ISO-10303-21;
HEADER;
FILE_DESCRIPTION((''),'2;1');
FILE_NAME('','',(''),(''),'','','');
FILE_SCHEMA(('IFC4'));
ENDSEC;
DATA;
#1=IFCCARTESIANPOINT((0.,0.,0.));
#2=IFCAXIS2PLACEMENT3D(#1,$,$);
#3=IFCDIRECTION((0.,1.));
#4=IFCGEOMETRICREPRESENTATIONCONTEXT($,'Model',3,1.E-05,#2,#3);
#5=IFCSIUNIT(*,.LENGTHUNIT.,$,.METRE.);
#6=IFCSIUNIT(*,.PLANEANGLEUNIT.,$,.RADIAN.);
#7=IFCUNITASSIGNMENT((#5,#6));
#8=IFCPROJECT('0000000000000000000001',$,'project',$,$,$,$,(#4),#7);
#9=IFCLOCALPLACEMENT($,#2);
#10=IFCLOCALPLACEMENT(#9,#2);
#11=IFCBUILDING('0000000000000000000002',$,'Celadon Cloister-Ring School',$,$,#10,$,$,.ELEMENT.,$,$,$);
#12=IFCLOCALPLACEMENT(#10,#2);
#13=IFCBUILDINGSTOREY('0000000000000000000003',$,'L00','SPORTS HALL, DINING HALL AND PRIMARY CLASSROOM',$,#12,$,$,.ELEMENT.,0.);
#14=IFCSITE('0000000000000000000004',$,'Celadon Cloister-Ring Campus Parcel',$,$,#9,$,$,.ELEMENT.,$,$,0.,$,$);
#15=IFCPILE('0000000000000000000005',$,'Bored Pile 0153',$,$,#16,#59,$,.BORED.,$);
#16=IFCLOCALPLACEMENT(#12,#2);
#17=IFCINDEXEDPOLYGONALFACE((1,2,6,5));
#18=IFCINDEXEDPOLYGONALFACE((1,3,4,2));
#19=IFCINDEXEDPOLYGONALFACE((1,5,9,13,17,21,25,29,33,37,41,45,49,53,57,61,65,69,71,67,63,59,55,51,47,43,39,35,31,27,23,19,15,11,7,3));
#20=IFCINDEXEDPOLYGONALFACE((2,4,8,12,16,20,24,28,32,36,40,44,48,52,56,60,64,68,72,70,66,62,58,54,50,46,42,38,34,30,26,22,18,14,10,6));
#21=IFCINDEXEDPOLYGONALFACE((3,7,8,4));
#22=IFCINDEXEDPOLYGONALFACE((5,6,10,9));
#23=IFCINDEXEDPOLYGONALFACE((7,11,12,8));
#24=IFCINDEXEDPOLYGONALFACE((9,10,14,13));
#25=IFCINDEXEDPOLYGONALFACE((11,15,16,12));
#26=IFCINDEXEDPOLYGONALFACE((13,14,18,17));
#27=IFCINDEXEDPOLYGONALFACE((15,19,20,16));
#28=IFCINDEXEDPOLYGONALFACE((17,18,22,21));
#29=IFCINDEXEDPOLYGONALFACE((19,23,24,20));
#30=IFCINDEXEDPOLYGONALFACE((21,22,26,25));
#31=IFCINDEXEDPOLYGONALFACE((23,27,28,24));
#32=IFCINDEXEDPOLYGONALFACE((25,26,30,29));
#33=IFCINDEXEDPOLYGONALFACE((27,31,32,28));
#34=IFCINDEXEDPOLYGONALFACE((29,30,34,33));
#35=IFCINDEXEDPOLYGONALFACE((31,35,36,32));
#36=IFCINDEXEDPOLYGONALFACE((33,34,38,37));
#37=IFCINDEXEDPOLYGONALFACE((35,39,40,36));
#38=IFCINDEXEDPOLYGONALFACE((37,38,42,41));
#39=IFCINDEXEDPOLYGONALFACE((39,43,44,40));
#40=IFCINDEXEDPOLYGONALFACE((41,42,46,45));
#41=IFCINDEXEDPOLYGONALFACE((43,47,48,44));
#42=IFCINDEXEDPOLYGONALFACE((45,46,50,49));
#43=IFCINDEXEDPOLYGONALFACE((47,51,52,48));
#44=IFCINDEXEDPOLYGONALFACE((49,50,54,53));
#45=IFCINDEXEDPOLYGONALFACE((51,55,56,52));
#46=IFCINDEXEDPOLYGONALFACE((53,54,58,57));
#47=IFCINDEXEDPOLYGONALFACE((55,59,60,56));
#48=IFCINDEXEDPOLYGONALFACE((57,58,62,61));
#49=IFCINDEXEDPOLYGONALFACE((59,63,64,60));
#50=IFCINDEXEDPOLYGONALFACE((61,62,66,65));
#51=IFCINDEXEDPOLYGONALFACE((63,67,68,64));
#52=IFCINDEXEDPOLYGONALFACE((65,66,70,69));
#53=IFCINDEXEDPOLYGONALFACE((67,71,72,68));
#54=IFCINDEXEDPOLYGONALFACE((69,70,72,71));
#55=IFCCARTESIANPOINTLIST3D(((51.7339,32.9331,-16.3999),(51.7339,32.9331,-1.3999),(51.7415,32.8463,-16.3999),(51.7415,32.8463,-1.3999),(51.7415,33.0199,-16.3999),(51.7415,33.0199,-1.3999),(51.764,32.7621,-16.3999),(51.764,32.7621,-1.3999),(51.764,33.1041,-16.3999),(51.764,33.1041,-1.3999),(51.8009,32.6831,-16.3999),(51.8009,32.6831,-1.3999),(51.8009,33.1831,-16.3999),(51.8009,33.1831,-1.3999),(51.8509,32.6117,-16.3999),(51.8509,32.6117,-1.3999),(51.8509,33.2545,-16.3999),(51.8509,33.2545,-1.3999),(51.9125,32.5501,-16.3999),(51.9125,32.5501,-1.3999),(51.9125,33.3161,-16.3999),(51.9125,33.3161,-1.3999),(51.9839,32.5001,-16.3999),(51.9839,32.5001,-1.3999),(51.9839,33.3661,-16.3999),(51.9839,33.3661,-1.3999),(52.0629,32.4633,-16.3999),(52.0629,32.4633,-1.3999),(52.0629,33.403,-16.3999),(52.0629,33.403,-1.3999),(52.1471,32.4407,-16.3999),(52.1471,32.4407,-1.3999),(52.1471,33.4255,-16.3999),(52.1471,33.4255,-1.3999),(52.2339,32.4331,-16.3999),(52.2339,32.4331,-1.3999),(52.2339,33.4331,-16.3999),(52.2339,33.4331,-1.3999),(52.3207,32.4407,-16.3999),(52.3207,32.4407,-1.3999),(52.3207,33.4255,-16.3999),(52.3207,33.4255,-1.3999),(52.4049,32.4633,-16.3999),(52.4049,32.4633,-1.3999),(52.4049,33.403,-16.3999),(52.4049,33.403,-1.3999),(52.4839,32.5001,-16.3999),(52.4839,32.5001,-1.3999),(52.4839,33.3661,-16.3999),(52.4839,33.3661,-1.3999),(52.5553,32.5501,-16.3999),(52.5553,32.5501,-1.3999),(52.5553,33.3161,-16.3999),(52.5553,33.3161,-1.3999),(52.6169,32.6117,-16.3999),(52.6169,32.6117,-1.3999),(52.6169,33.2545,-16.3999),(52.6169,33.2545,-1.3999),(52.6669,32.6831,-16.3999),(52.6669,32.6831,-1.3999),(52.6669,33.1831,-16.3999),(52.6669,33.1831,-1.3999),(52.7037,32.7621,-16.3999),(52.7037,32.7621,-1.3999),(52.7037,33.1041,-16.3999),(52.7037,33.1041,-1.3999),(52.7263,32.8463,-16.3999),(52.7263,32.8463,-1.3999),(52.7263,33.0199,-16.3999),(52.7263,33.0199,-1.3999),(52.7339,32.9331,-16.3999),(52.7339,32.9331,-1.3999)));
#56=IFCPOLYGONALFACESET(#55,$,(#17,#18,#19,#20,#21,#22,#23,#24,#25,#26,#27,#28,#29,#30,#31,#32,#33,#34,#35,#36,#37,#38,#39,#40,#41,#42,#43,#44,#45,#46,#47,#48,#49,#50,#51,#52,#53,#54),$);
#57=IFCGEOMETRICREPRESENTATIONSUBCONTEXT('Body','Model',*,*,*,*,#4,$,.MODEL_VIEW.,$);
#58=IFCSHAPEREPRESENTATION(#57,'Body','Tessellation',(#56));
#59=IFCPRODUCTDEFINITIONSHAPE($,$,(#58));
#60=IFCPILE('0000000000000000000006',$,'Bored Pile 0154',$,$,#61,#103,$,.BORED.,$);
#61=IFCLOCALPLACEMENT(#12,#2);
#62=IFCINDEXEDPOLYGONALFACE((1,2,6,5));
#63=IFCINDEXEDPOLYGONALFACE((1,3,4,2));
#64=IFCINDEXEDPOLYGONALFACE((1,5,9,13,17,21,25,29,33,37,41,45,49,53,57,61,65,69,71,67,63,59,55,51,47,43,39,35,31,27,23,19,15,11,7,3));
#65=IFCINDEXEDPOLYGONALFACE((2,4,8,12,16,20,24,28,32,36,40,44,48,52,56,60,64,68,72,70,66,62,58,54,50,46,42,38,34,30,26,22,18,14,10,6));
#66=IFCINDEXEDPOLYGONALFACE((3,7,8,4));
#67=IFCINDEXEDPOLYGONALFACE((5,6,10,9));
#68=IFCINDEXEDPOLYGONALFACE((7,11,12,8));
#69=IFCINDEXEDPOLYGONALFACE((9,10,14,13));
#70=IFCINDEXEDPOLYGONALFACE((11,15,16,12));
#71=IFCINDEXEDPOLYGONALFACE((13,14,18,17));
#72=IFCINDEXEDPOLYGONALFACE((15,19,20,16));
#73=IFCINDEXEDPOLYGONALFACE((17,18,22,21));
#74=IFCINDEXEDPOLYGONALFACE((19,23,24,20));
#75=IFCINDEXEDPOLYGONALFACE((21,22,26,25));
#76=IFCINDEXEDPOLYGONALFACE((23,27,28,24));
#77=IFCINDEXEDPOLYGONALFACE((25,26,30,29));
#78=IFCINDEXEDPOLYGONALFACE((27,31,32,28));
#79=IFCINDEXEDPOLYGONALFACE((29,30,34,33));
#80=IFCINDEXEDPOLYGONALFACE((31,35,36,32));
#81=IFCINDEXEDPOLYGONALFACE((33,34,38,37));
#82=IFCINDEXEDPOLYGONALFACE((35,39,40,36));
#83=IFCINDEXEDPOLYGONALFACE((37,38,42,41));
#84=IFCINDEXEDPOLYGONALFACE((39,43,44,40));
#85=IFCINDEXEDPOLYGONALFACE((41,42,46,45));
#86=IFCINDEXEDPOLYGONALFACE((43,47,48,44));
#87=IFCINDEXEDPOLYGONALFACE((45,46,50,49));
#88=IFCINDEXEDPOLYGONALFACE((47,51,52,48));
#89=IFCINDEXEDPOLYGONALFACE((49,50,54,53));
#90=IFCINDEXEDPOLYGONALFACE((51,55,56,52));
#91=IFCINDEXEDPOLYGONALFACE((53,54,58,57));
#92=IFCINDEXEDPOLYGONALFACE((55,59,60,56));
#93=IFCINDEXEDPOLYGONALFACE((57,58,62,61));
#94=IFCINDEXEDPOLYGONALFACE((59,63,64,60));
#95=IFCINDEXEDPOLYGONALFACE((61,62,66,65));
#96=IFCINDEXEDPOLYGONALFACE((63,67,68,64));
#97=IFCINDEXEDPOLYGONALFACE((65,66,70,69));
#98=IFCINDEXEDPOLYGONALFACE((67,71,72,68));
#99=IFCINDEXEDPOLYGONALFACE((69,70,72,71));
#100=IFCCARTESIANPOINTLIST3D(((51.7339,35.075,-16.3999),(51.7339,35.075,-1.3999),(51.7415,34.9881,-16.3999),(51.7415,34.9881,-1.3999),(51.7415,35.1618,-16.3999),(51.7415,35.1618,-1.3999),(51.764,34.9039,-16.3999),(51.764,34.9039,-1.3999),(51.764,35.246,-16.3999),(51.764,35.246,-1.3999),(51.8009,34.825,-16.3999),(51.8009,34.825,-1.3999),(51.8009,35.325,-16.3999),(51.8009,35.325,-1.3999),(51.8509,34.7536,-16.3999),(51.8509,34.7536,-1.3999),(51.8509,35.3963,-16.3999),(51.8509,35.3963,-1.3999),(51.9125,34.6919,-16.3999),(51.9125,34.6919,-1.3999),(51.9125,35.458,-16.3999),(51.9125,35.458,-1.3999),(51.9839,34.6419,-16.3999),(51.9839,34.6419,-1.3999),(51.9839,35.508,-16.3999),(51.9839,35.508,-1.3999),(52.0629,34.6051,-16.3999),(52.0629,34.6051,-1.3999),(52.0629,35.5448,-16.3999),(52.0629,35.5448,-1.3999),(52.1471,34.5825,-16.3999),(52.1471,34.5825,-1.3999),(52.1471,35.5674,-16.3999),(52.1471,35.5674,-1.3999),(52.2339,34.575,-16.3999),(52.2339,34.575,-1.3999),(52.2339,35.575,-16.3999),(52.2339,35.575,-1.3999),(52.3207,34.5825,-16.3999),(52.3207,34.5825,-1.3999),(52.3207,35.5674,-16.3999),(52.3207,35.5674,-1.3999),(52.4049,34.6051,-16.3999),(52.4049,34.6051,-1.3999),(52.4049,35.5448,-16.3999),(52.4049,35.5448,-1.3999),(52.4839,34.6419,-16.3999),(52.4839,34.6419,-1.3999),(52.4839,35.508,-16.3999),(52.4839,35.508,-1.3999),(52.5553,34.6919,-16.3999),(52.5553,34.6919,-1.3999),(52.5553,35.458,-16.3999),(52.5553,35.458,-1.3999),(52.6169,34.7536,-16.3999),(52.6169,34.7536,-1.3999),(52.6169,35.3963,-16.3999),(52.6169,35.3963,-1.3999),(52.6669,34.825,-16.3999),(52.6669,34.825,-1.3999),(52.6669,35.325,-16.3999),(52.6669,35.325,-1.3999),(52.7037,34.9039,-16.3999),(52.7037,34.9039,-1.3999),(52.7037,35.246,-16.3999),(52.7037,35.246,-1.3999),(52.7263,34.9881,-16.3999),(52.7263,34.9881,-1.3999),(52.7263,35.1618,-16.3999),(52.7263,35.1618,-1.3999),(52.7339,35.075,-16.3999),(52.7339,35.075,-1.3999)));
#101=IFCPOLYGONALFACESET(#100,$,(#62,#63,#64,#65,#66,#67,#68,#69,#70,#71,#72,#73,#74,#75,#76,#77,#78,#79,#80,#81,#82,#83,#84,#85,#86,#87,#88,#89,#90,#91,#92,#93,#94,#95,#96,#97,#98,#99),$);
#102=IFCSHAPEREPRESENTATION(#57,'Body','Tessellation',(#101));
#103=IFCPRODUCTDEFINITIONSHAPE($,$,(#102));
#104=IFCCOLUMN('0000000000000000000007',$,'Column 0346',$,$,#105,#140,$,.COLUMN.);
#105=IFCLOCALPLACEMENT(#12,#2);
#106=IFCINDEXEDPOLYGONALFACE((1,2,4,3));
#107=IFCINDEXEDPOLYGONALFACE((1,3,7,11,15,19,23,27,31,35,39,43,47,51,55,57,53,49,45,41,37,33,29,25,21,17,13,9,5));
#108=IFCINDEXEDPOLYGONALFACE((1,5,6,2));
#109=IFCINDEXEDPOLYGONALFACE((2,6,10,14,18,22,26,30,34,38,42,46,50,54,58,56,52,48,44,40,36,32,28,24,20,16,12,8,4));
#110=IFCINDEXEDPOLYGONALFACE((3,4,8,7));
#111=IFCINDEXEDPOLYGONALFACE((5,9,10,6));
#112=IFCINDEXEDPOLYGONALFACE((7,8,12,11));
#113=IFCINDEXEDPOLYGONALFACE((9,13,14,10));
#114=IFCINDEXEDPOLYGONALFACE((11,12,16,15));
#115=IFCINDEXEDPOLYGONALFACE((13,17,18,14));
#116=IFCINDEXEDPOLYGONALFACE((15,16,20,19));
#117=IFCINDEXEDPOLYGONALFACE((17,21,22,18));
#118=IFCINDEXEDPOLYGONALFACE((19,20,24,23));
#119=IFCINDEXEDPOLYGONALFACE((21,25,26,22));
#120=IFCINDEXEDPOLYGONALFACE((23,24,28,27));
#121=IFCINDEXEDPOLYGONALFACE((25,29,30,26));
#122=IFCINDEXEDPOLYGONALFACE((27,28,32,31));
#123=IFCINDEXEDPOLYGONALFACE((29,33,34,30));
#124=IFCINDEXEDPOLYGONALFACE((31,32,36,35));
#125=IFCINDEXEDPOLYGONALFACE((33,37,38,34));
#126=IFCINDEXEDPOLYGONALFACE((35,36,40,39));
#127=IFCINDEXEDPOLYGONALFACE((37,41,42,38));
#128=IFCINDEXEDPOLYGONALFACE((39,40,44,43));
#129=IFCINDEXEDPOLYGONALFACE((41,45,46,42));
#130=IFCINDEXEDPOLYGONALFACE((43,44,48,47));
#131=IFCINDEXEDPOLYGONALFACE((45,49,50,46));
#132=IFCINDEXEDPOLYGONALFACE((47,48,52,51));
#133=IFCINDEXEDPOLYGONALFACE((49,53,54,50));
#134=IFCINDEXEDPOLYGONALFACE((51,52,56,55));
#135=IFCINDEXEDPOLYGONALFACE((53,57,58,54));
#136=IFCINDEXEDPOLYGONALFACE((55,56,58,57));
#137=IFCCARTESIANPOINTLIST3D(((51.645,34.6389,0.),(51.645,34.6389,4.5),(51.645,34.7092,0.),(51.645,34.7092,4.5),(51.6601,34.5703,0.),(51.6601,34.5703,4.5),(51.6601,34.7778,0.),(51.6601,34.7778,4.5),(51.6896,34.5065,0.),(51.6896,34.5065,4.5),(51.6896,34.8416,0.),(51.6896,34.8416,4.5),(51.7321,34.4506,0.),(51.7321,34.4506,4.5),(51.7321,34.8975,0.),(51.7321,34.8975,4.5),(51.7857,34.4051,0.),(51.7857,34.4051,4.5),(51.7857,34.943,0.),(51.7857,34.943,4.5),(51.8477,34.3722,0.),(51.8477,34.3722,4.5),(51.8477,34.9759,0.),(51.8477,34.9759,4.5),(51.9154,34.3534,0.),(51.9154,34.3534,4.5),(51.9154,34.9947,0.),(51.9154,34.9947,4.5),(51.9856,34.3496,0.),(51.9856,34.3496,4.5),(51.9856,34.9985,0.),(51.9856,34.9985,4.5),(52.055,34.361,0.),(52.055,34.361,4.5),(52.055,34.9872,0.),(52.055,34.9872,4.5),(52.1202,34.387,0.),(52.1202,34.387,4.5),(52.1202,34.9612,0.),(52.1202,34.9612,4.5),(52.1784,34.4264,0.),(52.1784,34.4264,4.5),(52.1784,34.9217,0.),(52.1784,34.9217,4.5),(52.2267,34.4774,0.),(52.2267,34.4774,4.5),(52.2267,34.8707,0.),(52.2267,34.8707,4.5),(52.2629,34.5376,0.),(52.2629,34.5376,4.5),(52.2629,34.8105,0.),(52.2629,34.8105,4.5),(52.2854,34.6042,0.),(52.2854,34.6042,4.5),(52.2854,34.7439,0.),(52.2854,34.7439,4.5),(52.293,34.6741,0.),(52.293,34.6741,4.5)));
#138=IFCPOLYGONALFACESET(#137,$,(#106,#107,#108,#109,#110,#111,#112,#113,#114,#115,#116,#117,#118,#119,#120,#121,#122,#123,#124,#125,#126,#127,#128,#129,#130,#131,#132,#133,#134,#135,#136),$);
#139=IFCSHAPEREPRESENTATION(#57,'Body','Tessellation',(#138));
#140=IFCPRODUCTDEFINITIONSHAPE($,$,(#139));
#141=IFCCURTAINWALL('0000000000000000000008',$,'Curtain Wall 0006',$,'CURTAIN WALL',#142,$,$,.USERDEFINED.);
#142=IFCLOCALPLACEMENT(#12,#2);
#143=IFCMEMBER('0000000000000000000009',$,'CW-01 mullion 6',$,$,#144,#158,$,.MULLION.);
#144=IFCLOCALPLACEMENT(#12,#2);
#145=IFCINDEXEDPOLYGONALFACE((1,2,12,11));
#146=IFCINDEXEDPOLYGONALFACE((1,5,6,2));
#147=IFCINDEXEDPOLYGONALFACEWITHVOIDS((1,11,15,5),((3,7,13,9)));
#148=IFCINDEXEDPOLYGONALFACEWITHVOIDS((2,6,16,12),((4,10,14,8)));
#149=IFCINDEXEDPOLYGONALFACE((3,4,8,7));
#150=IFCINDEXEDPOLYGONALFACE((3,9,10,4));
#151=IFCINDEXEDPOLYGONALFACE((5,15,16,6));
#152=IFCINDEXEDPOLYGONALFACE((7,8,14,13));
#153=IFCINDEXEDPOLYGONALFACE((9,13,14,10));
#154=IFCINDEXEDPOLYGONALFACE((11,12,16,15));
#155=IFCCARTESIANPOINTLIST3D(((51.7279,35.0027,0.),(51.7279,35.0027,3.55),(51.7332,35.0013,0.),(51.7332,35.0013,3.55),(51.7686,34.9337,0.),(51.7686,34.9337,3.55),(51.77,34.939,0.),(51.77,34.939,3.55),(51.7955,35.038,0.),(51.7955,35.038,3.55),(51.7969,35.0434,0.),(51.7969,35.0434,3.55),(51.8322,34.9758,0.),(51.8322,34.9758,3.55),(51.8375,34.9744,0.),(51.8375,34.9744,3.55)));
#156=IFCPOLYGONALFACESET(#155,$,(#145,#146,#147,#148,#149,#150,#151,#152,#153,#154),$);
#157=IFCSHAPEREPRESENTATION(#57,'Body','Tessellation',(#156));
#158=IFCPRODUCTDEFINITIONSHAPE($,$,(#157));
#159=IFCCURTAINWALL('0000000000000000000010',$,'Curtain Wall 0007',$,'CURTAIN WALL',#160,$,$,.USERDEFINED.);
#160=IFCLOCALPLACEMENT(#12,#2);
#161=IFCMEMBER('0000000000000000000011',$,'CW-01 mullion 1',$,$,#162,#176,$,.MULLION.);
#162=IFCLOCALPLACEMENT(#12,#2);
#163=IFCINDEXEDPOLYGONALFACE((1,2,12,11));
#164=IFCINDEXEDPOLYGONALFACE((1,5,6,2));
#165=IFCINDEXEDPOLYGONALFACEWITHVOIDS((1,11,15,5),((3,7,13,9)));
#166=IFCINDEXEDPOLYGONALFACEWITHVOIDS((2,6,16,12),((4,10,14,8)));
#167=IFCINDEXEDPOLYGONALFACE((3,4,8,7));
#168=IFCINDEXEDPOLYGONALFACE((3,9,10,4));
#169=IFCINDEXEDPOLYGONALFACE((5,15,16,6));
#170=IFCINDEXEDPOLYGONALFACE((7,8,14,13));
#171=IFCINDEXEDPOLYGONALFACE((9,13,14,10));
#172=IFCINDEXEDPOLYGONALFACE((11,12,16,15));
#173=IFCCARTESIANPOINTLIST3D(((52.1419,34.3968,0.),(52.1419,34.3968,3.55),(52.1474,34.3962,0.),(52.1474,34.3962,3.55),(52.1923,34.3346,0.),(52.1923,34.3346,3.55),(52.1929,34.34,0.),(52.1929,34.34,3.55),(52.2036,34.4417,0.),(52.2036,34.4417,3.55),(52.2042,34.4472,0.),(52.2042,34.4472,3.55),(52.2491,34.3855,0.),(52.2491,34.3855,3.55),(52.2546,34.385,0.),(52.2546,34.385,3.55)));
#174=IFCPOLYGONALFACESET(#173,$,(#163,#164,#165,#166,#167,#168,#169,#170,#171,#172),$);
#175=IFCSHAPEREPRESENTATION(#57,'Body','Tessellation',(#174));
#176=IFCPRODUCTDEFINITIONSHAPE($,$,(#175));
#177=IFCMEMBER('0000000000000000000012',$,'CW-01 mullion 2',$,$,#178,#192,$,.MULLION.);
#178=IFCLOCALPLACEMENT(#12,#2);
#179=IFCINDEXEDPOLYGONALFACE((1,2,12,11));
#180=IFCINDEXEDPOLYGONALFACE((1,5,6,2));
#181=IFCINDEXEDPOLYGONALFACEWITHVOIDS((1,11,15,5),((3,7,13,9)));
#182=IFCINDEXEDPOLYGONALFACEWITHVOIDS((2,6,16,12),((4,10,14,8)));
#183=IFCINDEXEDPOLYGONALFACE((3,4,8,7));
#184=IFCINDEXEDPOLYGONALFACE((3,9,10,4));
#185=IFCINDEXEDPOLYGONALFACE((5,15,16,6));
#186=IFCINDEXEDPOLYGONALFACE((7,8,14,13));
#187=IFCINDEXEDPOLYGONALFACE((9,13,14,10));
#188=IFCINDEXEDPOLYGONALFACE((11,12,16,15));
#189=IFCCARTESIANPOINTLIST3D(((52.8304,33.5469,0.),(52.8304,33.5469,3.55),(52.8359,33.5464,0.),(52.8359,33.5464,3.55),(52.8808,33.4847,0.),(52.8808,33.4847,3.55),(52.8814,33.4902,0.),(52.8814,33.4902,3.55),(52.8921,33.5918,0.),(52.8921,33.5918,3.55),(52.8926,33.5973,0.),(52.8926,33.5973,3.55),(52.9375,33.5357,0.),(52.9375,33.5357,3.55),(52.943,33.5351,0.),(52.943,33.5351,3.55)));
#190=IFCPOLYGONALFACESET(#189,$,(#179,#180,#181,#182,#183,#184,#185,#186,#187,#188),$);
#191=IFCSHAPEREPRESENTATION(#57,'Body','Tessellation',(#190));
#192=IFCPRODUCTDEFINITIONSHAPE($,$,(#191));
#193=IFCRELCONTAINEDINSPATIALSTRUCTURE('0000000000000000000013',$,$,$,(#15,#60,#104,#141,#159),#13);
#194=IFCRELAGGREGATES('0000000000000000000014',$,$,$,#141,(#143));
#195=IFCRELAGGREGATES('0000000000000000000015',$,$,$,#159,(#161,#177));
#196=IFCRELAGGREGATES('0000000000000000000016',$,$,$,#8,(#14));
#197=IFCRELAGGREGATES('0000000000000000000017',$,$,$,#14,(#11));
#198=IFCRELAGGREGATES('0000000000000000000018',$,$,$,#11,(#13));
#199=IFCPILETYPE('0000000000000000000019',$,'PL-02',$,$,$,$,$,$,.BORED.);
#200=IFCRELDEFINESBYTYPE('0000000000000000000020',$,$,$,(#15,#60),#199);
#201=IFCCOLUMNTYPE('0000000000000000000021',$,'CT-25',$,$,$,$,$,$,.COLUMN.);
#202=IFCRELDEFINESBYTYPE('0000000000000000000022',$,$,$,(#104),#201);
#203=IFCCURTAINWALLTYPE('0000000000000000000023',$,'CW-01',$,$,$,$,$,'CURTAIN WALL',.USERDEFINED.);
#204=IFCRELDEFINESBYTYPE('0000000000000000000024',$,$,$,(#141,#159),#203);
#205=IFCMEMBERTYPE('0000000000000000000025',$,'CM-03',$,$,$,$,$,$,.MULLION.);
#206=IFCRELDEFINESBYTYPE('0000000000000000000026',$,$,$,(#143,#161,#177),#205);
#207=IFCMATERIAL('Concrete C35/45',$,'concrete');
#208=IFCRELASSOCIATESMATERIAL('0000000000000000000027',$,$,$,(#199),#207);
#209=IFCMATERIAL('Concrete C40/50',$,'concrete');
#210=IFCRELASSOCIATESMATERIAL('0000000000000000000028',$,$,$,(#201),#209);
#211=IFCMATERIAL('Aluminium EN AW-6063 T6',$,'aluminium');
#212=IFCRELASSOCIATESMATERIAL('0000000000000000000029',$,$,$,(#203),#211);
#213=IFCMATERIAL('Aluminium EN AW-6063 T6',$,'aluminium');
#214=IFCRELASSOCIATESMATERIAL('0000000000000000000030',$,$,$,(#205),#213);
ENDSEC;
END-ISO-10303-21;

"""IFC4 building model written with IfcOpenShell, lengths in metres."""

from ifc_helpers import new_model, si_unit, direction, frame, origin, origin_2d, place, context, subcontext, project, spatial, hollow_rectangle, circle, extrude, material, material_profile, profile_set, type_object, element, aggregate, save


model = new_model("IFC4")

# Units and contexts
model_context = context("Model", 3, precision=1e-05, world=origin(), true_north=direction((0.0, 1.0)))
body_context = subcontext(model_context, "Body", "Model", "MODEL_VIEW")
ifc_project = project(units=[si_unit("LENGTHUNIT", "METRE"), si_unit("PLANEANGLEUNIT", "RADIAN")], contexts=[model_context])

# Site, building, storey
site_placement = place(None, origin())
site = spatial("IfcSite", under=ifc_project, at=site_placement, Name="Celadon Cloister-Ring Campus Parcel", CompositionType="ELEMENT", RefElevation=0.0)
building_placement = place(site_placement, origin())
building = spatial("IfcBuilding", under=site, at=building_placement, Name="Celadon Cloister-Ring School", CompositionType="ELEMENT")
storey_placement = place(building_placement, origin())
storey = spatial("IfcBuildingStorey", under=building, at=storey_placement, Name="L00", Description="SPORTS HALL, DINING HALL AND PRIMARY CLASSROOM", CompositionType="ELEMENT", Elevation=0.0)

# Piles
ifc_material_1 = material(Name="Concrete C35/45", Category="concrete")
ifc_material_profile_1 = material_profile(ifc_material_1, circle(Radius=0.5, at=origin_2d()), Name="PILE1000")
ifc_profile_set_1 = profile_set([ifc_material_profile_1], Name="Concrete C35/45")
pile_type = type_object("IfcPileType", Name="PL-02", PredefinedType="BORED", material=ifc_profile_set_1)
for number, where, z_axis, x_axis, name in (
    (1, (52.2339, 32.9331, -1.3999), (0.0, 0.0, -1.0), (1.0, 0.0, 0.0), "Bored Pile 0153"),
    (2, (52.2339, 35.075, -1.3999), (0.0, 0.0, -1.0), (1.0, 0.0, 0.0), "Bored Pile 0154"),
):
    element("IfcPile", number, at=place(storey_placement, frame(where, z_axis=z_axis, x_axis=x_axis)), inside=storey, type_object=pile_type, Name=name, PredefinedType="BORED", context=body_context, shape_type="SweptSolid", body=[
        extrude(circle(Radius=0.5, at=origin_2d()), origin(), (0.0, 0.0, 1.0), 15.0),
    ])

# Column
ifc_material_2 = material(Name="Concrete C40/50", Category="concrete")
ifc_material_profile_2 = material_profile(ifc_material_2, circle(Radius=0.325, at=origin_2d()), Name="CIRC650")
ifc_profile_set_2 = profile_set([ifc_material_profile_2], Name="Concrete C40/50")
column_type = type_object("IfcColumnType", Name="CT-25", PredefinedType="COLUMN", material=ifc_profile_set_2)
column_placement = place(storey_placement, frame((51.968, 34.6741, 0.0), z_axis=(0.0, 0.0, 1.0), x_axis=(1.0, 0.0, 0.0)))
element("IfcColumn", 3, at=column_placement, inside=storey, type_object=column_type, Name="Column 0346", PredefinedType="COLUMN", context=body_context, shape_type="SweptSolid", body=[
    extrude(circle(Radius=0.325, at=origin_2d()), origin(), (0.0, 0.0, 1.0), 4.5),
])

# Curtain wall, member
ifc_material_3 = material(Name="Aluminium EN AW-6063 T6", Category="aluminium")
curtain_wall_type = type_object("IfcCurtainWallType", Name="CW-01", ElementType="CURTAIN WALL", PredefinedType="USERDEFINED", material=ifc_material_3)
curtain_wall_1_placement = place(storey_placement, origin())
curtain_wall_1 = element("IfcCurtainWall", 4, at=curtain_wall_1_placement, inside=storey, type_object=curtain_wall_type, Name="Curtain Wall 0006", ObjectType="CURTAIN WALL", PredefinedType="USERDEFINED")
ifc_material_4 = material(Name="Aluminium EN AW-6063 T6", Category="aluminium")
ifc_material_profile_3 = material_profile(ifc_material_4, hollow_rectangle(XDim=0.0801, YDim=0.0801, WallThickness=0.0039, at=origin_2d()), Name="RHS80X80X4")
ifc_profile_set_3 = profile_set([ifc_material_profile_3], Name="Aluminium EN AW-6063 T6")
member_type_1 = type_object("IfcMemberType", Name="CM-03", PredefinedType="MULLION", material=ifc_profile_set_3)
member_1_placement = place(storey_placement, frame((51.7827, 34.9885, 0.0), z_axis=(0.0, 0.0, 1.0), x_axis=(0.861299, 0.508099, 0.0)))
member_1 = element("IfcMember", 5, at=member_1_placement, type_object=member_type_1, Name="CW-01 mullion 6", PredefinedType="MULLION", context=body_context, shape_type="SweptSolid", body=[
    extrude(hollow_rectangle(XDim=0.0801, YDim=0.0801, WallThickness=0.0039, at=origin_2d()), origin(), (0.0, 0.0, 1.0), 3.55),
])

# Curtain wall, members
curtain_wall_2_placement = place(storey_placement, origin())
curtain_wall_2 = element("IfcCurtainWall", 6, at=curtain_wall_2_placement, inside=storey, type_object=curtain_wall_type, Name="Curtain Wall 0007", ObjectType="CURTAIN WALL", PredefinedType="USERDEFINED")
member_2_placement = place(storey_placement, frame((52.1982, 34.3909, 0.0), z_axis=(0.0, 0.0, 1.0), x_axis=(0.777068, 0.629416, 0.0)))
member_2 = element("IfcMember", 7, at=member_2_placement, type_object=member_type_1, Name="CW-01 mullion 1", PredefinedType="MULLION", context=body_context, shape_type="SweptSolid", body=[
    extrude(hollow_rectangle(XDim=0.0801, YDim=0.0801, WallThickness=0.0039, at=origin_2d()), origin(), (0.0, 0.0, 1.0), 3.55),
])
member_3_placement = place(storey_placement, frame((52.8867, 33.541, 0.0), z_axis=(0.0, 0.0, 1.0), x_axis=(0.777068, 0.629416, 0.0)))
member_3 = element("IfcMember", 8, at=member_3_placement, type_object=member_type_1, Name="CW-01 mullion 2", PredefinedType="MULLION", context=body_context, shape_type="SweptSolid", body=[
    extrude(hollow_rectangle(XDim=0.0801, YDim=0.0801, WallThickness=0.0039, at=origin_2d()), origin(), (0.0, 0.0, 1.0), 3.55),
])

aggregate(curtain_wall_1, [member_1])
aggregate(curtain_wall_2, [member_2, member_3])

save(model, "model.ifc")
